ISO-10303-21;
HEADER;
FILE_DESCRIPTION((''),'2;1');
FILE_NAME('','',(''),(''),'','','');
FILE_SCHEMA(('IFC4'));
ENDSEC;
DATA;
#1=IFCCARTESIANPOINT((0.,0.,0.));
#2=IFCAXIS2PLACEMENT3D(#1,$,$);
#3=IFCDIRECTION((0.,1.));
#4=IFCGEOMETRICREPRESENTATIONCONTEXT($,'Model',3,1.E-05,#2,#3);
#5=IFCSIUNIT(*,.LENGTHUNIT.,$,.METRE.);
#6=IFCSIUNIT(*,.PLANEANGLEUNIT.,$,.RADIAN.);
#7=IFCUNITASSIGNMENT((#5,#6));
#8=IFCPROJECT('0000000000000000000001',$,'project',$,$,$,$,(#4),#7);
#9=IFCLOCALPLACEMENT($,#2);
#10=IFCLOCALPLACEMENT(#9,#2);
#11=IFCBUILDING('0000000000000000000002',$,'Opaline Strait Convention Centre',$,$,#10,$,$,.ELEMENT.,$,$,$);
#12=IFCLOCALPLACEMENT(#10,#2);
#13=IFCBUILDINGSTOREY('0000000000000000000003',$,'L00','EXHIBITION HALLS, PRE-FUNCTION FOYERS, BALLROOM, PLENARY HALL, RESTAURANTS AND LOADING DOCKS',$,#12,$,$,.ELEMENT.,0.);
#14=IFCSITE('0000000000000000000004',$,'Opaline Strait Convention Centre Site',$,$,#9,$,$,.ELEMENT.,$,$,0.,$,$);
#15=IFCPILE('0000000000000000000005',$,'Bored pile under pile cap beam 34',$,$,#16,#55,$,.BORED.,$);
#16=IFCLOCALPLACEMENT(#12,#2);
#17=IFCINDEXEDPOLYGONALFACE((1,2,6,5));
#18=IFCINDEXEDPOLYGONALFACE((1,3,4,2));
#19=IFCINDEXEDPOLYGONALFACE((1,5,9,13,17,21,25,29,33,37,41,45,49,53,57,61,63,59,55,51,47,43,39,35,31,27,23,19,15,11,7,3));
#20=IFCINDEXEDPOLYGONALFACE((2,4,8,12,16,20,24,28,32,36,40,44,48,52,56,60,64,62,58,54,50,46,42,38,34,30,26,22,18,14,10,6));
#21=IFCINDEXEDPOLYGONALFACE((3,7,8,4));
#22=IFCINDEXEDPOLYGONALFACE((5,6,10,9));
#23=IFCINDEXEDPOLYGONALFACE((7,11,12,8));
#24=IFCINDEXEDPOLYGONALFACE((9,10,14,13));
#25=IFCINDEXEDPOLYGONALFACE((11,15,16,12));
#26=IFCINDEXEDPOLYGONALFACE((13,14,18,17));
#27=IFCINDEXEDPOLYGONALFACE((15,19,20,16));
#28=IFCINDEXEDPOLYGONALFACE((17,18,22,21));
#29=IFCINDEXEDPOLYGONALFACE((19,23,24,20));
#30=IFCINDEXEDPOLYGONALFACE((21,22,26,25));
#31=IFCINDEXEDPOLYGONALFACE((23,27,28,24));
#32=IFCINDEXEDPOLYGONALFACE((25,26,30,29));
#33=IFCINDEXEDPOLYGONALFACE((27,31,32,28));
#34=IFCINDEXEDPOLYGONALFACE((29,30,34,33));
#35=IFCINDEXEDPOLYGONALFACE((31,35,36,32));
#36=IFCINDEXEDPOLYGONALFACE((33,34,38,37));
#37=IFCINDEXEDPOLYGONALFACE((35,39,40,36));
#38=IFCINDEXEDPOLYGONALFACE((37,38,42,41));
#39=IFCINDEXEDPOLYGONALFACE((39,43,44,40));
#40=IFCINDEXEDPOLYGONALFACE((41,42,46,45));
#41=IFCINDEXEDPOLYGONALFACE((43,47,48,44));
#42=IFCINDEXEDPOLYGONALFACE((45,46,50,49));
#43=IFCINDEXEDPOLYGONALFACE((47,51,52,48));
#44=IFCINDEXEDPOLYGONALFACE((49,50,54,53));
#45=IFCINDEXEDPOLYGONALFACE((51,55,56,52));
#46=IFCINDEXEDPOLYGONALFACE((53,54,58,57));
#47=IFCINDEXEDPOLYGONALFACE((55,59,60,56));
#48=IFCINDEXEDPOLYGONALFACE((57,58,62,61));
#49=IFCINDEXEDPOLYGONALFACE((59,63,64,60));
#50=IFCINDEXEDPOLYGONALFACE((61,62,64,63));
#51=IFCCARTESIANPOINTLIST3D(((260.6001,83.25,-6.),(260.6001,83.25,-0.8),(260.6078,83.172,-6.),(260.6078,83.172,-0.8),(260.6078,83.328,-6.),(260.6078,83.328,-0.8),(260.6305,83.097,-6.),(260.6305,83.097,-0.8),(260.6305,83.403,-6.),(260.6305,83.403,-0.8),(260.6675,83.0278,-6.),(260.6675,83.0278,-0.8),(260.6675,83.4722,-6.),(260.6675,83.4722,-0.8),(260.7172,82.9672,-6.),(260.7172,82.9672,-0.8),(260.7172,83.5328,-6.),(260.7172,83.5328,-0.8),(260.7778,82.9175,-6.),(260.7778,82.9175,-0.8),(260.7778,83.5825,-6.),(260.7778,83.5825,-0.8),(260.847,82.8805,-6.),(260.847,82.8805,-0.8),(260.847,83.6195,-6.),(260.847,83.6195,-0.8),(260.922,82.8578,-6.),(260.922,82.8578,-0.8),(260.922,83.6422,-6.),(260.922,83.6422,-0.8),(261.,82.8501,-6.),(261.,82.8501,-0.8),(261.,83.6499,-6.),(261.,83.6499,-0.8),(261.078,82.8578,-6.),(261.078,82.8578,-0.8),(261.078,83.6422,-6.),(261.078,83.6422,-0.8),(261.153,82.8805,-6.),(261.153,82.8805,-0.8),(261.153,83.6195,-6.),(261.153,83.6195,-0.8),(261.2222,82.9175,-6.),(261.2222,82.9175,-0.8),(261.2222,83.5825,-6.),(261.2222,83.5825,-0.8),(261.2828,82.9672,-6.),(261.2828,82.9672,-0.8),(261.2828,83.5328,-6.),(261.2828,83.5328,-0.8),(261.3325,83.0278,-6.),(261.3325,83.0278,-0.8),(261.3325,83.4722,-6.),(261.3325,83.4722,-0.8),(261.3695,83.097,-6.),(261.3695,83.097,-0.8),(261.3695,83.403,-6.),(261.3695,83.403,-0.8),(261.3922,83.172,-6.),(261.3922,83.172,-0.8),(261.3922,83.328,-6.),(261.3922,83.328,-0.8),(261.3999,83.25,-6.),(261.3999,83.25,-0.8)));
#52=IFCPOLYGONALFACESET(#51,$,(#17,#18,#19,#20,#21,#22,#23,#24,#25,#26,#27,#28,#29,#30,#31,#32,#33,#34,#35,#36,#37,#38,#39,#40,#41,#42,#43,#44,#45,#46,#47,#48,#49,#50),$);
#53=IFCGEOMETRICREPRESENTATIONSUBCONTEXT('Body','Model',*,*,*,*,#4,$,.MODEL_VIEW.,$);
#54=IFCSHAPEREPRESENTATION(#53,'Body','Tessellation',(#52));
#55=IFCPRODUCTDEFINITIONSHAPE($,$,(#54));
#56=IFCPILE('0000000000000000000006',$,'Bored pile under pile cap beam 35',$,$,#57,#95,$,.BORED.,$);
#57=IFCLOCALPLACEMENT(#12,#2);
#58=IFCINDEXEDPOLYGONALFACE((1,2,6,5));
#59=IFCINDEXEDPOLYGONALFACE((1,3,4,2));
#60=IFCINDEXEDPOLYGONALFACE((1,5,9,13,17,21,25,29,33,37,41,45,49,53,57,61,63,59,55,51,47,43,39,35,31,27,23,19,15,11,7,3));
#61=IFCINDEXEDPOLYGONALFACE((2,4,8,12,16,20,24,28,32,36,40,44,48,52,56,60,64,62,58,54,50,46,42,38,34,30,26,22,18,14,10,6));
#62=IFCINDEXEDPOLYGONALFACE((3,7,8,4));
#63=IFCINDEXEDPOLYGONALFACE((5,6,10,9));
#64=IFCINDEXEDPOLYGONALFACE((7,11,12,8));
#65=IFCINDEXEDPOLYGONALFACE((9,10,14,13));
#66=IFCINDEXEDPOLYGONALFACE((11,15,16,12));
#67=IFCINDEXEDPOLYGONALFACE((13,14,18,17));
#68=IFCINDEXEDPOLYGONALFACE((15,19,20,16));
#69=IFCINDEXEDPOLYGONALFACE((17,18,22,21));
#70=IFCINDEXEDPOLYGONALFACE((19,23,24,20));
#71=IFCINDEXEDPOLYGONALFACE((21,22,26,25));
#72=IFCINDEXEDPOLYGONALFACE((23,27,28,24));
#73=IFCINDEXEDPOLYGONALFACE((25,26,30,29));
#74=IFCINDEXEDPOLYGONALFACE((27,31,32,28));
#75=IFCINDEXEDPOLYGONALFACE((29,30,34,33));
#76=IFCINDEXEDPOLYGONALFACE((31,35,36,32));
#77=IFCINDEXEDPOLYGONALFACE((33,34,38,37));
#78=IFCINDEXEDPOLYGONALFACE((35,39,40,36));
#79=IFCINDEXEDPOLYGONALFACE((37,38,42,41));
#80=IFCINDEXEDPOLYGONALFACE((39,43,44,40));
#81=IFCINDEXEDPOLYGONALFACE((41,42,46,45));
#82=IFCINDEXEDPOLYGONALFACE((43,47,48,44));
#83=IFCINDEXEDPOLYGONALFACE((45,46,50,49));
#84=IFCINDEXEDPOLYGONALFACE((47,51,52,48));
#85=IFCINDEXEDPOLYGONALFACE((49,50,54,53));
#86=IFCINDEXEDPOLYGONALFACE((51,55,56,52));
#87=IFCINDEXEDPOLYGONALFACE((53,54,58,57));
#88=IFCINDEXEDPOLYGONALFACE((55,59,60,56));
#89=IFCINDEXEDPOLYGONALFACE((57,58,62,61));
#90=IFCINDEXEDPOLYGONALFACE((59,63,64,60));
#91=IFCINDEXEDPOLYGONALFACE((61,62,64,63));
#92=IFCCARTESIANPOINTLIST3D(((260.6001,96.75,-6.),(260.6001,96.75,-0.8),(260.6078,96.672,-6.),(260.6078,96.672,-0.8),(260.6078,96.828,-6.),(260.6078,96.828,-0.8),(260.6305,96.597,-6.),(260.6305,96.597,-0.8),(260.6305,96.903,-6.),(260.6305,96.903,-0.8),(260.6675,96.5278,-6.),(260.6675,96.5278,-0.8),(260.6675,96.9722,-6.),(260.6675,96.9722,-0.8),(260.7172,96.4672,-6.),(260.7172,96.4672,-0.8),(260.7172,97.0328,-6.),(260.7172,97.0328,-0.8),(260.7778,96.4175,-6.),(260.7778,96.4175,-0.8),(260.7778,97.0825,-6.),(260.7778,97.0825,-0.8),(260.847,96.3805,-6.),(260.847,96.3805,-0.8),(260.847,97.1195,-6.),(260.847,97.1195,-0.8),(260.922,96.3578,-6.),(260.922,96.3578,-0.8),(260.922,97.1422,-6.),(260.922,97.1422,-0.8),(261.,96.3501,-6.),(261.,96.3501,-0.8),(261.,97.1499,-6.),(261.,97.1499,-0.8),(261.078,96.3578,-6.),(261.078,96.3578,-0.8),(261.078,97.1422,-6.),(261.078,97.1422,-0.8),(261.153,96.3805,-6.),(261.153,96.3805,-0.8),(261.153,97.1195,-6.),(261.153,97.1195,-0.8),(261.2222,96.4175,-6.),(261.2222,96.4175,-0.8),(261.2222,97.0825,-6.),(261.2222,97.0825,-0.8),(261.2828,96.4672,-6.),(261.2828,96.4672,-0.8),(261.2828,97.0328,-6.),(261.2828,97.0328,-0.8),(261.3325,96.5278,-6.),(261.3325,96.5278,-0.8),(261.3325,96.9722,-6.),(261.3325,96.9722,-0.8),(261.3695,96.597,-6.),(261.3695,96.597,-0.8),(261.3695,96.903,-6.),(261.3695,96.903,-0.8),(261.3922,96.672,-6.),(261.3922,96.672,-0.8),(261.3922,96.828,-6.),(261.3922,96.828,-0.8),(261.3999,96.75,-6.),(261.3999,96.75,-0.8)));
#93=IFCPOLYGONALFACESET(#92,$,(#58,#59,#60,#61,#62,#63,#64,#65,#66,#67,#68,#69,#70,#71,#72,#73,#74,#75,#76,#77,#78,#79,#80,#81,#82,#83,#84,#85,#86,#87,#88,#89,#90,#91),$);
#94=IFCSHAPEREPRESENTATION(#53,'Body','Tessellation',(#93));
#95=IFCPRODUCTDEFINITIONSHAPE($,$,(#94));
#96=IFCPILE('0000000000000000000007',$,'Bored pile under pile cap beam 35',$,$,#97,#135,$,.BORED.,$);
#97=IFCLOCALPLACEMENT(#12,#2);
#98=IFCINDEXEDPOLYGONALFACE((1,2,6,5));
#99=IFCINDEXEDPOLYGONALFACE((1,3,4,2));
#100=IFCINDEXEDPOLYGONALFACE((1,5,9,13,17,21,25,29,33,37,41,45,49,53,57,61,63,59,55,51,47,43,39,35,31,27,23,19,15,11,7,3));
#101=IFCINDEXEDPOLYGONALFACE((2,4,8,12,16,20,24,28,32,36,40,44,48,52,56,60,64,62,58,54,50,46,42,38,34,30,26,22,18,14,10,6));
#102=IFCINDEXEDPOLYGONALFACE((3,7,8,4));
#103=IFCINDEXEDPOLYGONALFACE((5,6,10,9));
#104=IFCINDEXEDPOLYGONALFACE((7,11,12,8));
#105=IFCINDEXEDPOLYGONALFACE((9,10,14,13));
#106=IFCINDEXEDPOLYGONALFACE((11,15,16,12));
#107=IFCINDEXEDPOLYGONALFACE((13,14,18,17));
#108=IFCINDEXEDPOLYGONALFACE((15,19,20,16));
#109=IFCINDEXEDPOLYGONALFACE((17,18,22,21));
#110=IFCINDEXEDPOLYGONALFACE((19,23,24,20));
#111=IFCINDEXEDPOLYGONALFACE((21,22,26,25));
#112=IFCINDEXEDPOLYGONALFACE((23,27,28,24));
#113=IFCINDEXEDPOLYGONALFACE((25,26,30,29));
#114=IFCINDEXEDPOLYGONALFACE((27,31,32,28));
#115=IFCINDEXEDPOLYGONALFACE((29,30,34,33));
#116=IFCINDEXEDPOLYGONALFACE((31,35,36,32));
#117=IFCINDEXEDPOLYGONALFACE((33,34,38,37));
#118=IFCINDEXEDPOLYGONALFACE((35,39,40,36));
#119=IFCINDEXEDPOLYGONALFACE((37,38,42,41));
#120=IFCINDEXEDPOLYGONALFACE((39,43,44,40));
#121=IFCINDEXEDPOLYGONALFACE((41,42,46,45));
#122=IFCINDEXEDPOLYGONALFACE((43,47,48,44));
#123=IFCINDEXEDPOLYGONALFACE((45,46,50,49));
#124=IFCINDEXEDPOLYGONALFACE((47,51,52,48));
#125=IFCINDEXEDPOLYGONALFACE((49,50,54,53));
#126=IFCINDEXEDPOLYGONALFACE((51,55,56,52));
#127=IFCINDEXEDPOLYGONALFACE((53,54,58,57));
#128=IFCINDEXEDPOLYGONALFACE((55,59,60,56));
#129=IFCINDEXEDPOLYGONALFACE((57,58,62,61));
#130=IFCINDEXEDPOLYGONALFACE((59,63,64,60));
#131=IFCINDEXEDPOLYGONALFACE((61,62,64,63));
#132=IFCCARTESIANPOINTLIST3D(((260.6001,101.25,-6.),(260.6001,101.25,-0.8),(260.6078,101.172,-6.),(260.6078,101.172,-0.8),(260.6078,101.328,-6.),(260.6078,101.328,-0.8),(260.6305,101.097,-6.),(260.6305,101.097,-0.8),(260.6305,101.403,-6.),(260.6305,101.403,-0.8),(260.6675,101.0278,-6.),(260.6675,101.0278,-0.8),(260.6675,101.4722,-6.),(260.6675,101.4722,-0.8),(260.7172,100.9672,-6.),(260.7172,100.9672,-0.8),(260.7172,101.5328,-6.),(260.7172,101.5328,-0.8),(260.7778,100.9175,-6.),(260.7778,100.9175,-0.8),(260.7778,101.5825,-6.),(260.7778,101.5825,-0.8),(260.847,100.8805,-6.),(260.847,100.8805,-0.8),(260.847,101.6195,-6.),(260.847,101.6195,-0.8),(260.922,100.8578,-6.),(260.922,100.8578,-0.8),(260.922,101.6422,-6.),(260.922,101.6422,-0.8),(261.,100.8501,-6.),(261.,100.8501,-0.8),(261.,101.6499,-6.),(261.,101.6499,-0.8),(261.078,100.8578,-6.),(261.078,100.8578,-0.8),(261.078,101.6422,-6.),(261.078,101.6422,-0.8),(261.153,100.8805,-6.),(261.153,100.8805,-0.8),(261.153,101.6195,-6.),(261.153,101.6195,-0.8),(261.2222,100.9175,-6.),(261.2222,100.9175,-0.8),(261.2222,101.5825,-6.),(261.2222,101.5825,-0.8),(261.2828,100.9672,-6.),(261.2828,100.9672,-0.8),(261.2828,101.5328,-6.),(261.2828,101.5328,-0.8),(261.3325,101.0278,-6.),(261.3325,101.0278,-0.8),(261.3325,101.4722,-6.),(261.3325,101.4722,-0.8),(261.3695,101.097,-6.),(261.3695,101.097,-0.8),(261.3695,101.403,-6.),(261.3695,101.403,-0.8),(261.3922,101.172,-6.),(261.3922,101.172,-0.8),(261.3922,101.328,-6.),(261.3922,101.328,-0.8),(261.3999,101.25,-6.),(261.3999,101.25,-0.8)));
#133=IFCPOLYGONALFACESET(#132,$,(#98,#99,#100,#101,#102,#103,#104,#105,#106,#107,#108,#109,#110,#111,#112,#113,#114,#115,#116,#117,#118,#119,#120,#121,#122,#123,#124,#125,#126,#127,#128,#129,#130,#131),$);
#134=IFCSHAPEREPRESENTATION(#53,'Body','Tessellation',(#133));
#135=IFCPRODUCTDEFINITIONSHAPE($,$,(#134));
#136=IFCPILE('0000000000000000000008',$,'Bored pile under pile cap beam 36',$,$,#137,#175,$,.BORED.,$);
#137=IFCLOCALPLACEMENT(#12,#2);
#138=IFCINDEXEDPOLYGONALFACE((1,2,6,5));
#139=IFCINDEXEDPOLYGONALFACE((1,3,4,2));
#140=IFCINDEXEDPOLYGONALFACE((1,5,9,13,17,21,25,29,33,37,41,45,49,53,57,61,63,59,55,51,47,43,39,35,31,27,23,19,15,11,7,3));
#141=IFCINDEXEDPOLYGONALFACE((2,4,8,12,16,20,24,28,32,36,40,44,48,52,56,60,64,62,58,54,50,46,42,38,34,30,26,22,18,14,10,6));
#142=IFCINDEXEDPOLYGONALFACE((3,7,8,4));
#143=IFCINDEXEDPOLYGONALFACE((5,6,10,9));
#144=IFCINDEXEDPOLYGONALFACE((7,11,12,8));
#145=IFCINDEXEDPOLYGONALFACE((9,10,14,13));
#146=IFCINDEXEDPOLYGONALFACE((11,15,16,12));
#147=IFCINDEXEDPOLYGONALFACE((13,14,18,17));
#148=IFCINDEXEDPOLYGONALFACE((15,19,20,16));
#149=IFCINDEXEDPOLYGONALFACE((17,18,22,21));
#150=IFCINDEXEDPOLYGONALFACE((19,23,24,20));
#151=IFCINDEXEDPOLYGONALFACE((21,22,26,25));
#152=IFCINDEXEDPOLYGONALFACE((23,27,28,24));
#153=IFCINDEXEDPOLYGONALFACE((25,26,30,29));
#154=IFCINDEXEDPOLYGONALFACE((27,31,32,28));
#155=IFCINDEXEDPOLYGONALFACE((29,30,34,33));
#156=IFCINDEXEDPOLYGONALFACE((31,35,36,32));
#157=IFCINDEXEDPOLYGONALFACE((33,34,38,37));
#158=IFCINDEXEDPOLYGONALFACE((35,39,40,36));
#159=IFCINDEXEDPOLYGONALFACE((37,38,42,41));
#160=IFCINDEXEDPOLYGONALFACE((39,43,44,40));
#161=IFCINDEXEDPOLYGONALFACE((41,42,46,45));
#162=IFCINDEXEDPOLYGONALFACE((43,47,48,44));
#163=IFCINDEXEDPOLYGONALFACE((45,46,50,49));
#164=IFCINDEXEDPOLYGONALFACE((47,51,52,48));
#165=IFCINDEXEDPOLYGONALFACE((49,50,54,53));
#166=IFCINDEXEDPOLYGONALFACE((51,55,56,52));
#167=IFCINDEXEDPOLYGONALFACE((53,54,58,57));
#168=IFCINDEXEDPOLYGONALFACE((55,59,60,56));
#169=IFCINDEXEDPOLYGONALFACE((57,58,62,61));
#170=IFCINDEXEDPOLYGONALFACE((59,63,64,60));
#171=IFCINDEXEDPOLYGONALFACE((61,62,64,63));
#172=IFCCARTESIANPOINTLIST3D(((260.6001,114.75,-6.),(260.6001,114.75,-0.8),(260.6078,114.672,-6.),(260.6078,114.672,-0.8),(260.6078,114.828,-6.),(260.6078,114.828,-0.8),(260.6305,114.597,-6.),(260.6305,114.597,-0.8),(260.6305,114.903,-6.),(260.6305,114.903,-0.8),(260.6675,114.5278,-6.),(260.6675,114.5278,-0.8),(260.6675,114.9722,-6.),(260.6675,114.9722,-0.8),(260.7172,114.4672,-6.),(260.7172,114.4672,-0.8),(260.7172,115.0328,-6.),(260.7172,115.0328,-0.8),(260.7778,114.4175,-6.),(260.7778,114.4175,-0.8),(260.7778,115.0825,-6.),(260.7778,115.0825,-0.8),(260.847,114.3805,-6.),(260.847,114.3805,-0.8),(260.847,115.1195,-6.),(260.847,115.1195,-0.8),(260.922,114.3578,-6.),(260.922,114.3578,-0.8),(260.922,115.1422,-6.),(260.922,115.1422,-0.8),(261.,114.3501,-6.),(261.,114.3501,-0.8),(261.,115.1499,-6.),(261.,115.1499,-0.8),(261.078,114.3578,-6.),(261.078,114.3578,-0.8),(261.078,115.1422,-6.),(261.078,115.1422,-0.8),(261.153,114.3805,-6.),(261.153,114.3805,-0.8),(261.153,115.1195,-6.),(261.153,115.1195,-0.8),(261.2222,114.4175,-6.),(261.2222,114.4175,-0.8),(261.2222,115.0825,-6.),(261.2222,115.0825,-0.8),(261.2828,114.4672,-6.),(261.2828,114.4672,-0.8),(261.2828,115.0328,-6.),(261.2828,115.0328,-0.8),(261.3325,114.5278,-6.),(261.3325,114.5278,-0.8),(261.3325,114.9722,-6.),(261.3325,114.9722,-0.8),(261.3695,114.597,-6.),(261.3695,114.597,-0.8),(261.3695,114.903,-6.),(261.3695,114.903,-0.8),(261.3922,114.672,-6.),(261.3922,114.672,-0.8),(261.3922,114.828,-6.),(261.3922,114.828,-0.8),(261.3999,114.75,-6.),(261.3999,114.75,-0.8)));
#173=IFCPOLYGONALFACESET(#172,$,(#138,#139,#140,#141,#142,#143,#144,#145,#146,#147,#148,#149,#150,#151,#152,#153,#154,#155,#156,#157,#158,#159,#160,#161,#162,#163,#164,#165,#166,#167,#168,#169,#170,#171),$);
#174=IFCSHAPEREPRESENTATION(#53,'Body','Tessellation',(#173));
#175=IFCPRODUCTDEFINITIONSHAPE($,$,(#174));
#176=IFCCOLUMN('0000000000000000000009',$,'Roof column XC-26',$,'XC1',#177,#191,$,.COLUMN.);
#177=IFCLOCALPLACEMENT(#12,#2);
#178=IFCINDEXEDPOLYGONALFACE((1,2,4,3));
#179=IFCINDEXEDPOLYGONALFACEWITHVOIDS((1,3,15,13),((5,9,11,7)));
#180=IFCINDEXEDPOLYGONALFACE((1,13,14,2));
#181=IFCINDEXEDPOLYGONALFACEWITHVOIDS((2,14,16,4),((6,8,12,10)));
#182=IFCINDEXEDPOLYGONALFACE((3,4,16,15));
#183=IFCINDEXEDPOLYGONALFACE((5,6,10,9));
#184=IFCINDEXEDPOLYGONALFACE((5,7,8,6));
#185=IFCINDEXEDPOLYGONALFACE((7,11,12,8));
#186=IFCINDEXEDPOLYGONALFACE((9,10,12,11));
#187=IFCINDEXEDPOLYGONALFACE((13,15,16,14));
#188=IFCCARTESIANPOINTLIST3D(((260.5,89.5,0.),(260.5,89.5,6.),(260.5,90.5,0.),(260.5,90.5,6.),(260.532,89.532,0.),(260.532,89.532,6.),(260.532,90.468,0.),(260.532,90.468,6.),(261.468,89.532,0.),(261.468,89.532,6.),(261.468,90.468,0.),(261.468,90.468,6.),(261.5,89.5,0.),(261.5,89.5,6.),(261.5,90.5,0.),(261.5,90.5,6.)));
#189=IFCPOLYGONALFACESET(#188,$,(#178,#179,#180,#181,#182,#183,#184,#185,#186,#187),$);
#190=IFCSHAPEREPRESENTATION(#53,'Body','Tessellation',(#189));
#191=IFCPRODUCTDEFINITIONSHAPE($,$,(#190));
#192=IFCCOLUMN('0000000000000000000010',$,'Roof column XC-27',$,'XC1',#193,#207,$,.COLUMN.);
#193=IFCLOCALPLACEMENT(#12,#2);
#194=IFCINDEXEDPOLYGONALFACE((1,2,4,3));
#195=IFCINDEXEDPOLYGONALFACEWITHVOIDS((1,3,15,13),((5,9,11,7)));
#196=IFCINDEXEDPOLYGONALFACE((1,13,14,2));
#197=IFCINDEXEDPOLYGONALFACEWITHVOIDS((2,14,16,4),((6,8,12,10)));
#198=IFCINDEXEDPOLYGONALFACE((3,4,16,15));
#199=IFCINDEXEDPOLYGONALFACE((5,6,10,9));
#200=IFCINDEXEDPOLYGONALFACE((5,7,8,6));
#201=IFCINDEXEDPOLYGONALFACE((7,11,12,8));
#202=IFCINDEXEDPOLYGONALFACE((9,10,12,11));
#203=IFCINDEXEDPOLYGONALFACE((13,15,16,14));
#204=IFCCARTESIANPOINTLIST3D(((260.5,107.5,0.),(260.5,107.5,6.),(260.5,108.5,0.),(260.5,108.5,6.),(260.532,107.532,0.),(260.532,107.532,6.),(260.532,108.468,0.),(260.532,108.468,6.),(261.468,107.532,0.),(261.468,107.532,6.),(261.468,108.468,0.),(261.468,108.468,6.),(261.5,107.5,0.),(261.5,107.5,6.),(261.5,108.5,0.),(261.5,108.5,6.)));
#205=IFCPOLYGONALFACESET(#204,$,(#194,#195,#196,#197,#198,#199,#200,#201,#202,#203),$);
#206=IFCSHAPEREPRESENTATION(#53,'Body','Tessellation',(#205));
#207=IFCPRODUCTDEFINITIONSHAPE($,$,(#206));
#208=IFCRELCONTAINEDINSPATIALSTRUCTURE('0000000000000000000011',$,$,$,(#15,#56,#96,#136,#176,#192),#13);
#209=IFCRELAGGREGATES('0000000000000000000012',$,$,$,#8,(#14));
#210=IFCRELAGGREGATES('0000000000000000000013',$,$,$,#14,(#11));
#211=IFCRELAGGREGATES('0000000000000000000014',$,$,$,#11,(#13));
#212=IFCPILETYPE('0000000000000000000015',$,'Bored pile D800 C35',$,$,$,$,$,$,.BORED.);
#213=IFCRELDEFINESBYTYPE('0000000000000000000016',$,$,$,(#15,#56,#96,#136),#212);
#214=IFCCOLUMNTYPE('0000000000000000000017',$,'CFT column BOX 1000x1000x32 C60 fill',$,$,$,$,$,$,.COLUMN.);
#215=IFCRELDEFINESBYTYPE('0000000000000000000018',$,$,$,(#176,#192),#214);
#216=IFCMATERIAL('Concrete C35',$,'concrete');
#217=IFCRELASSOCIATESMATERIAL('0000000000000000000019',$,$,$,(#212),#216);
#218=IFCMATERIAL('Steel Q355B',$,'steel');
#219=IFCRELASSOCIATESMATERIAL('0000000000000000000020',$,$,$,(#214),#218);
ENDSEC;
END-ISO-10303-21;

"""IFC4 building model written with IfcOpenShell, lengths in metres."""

from ifc_helpers import new_model, si_unit, direction, frame, origin, origin_2d, place, context, subcontext, project, spatial, hollow_rectangle, circle, extrude, material, material_profile, profile_set, type_object, element, save


model = new_model("IFC4")

# Units and contexts
model_context = context("Model", 3, precision=1e-05, world=origin(), true_north=direction((0.0, 1.0)))
body_context = subcontext(model_context, "Body", "Model", "MODEL_VIEW")
ifc_project = project(units=[si_unit("LENGTHUNIT", "METRE"), si_unit("PLANEANGLEUNIT", "RADIAN")], contexts=[model_context])

# Site, building, storey
site_placement = place(None, origin())
site = spatial("IfcSite", under=ifc_project, at=site_placement, Name="Opaline Strait Convention Centre Site", CompositionType="ELEMENT", RefElevation=0.0)
building_placement = place(site_placement, origin())
building = spatial("IfcBuilding", under=site, at=building_placement, Name="Opaline Strait Convention Centre", CompositionType="ELEMENT")
storey_placement = place(building_placement, origin())
storey = spatial("IfcBuildingStorey", under=building, at=storey_placement, Name="L00", Description="EXHIBITION HALLS, PRE-FUNCTION FOYERS, BALLROOM, PLENARY HALL, RESTAURANTS AND LOADING DOCKS", CompositionType="ELEMENT", Elevation=0.0)

# Piles
ifc_material_1 = material(Name="Concrete C35", Category="concrete")
ifc_material_profile_1 = material_profile(ifc_material_1, circle(Radius=0.3999, at=origin_2d()), Name="D800")
ifc_profile_set_1 = profile_set([ifc_material_profile_1], Name="Concrete C35")
pile_type_1 = type_object("IfcPileType", Name="Bored pile D800 C35", PredefinedType="BORED", material=ifc_profile_set_1)
for number, where, z_axis, x_axis, name in (
    (1, (261.0, 83.25, -0.8), (0.0, 0.0, -1.0), (1.0, 0.0, 0.0), "Bored pile under pile cap beam 34"),
    (2, (261.0, 96.75, -0.8), (0.0, 0.0, -1.0), (1.0, 0.0, 0.0), "Bored pile under pile cap beam 35"),
    (3, (261.0, 101.25, -0.8), (0.0, 0.0, -1.0), (1.0, 0.0, 0.0), "Bored pile under pile cap beam 35"),
    (4, (261.0, 114.75, -0.8), (0.0, 0.0, -1.0), (1.0, 0.0, 0.0), "Bored pile under pile cap beam 36"),
):
    element("IfcPile", number, at=place(storey_placement, frame(where, z_axis=z_axis, x_axis=x_axis)), inside=storey, type_object=pile_type_1, Name=name, PredefinedType="BORED", context=body_context, shape_type="SweptSolid", body=[
        extrude(circle(Radius=0.3999, at=origin_2d()), origin(), (0.0, 0.0, 1.0), 5.2),
    ])

# Columns
ifc_material_2 = material(Name="Steel Q355B", Category="steel")
ifc_material_profile_2 = material_profile(ifc_material_2, hollow_rectangle(XDim=1.0, YDim=1.0, WallThickness=0.032, at=origin_2d()), Name="BOX 1000x1000x32")
ifc_profile_set_2 = profile_set([ifc_material_profile_2], Name="Steel Q355B")
column_type = type_object("IfcColumnType", Name="CFT column BOX 1000x1000x32 C60 fill", PredefinedType="COLUMN", material=ifc_profile_set_2)
for number, where, z_axis, x_axis, name in (
    (5, (261.0, 90.0, 0.0), (0.0, 0.0, 1.0), (1.0, 0.0, 0.0), "Roof column XC-26"),
    (6, (261.0, 108.0, 0.0), (0.0, 0.0, 1.0), (1.0, 0.0, 0.0), "Roof column XC-27"),
):
    element("IfcColumn", number, at=place(storey_placement, frame(where, z_axis=z_axis, x_axis=x_axis)), inside=storey, type_object=column_type, Name=name, ObjectType="XC1", PredefinedType="COLUMN", context=body_context, shape_type="SweptSolid", body=[
        extrude(hollow_rectangle(XDim=1.0, YDim=1.0, WallThickness=0.032, at=origin_2d()), origin(), (0.0, 0.0, 1.0), 6.0),
    ])

save(model, "model.ifc")
